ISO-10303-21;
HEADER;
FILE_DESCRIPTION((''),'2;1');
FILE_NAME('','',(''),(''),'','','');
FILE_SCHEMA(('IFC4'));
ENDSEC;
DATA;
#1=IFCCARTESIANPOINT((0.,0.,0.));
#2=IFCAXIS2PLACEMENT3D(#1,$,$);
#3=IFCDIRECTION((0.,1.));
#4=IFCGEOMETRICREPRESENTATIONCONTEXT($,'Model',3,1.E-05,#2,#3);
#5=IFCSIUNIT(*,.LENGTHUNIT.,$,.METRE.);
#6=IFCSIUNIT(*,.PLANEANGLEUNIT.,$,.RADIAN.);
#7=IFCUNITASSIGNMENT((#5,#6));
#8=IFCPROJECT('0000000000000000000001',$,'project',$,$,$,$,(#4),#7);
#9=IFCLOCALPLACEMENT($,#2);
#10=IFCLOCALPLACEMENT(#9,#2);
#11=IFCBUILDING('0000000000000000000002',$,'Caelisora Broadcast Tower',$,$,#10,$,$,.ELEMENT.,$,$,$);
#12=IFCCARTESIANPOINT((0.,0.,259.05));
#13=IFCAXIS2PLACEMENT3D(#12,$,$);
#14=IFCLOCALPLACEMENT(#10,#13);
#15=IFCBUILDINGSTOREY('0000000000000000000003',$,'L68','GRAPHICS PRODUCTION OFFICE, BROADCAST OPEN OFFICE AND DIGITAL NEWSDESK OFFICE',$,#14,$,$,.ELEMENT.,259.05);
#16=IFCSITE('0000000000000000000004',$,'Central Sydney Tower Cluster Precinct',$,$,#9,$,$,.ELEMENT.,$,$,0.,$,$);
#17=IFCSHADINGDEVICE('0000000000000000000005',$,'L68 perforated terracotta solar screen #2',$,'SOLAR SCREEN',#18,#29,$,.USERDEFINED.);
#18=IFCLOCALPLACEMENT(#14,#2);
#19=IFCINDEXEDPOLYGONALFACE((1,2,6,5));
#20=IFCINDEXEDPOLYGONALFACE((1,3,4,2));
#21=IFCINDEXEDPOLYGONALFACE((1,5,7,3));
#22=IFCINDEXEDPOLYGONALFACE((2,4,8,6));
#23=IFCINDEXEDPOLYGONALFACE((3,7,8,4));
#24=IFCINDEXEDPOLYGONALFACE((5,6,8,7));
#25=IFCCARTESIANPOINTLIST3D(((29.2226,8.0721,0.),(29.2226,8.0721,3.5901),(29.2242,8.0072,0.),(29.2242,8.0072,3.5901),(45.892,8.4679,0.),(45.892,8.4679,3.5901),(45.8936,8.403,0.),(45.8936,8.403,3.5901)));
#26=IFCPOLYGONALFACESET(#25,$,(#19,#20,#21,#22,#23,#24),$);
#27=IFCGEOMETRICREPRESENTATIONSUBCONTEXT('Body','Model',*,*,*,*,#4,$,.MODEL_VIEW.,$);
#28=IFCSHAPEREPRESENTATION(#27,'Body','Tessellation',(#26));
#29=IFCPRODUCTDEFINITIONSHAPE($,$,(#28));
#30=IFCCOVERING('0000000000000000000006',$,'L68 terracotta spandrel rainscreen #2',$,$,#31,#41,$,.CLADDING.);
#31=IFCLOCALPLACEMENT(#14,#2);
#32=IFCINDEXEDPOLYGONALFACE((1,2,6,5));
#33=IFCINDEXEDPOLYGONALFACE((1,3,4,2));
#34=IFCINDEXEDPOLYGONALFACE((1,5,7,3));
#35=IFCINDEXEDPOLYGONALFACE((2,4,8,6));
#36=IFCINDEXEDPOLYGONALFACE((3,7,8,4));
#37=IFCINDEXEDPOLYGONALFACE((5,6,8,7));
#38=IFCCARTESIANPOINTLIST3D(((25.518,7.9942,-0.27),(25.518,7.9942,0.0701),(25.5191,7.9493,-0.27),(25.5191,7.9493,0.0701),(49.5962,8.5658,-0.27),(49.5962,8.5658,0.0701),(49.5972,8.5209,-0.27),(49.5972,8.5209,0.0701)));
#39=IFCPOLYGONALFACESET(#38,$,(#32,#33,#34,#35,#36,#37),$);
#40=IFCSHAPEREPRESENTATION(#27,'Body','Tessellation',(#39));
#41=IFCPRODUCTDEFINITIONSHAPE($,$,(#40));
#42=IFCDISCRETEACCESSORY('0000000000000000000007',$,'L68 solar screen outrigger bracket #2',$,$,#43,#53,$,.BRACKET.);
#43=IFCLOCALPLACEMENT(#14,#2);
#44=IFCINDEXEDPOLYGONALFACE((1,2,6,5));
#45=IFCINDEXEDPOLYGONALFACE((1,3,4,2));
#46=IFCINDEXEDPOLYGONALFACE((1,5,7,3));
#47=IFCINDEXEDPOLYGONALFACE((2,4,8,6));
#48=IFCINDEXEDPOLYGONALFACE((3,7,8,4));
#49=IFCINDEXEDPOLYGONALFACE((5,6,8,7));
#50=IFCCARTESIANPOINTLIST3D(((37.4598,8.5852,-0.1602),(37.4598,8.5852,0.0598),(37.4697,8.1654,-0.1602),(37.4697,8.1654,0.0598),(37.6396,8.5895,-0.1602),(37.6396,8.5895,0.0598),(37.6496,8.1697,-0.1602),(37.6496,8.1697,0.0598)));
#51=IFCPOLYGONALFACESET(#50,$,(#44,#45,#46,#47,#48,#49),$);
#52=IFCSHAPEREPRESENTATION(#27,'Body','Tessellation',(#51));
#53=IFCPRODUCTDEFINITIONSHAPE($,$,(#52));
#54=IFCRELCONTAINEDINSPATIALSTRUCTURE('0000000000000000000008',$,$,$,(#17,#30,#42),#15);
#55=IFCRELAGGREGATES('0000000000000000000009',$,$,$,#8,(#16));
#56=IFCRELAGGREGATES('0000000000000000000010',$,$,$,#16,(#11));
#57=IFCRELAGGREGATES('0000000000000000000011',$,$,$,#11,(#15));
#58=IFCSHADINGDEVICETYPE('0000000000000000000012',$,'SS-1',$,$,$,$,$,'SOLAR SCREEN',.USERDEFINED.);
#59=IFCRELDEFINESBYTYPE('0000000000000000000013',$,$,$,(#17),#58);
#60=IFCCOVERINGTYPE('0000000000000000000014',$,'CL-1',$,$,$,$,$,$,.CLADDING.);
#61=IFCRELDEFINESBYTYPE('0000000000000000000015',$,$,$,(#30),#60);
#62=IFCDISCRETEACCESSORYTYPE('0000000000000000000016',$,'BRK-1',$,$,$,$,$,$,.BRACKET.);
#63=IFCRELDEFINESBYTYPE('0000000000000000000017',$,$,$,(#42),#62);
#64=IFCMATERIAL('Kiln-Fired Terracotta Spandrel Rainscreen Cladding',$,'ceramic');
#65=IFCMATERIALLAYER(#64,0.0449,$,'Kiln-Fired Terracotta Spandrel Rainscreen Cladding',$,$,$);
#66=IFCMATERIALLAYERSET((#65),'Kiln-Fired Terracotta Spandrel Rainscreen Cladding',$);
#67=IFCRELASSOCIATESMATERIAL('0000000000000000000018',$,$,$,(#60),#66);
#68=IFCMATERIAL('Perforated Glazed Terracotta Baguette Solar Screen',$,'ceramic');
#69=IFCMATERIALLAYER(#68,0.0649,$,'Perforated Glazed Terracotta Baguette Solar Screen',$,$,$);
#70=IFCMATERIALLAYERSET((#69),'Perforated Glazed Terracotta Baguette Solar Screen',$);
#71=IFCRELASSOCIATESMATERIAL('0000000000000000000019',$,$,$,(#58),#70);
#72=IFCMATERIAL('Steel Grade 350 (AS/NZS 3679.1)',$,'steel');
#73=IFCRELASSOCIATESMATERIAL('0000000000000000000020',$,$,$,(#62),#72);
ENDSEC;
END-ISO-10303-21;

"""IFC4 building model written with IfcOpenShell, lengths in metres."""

from ifc_helpers import new_model, si_unit, direction, frame, origin, origin_2d, place, context, subcontext, project, spatial, rectangle, extrude, source, transform, mapped, material, layer, layer_set, type_object, type_shapes, element, save


model = new_model("IFC4")

# Units and contexts
model_context = context("Model", 3, precision=1e-05, world=origin(), true_north=direction((0.0, 1.0)))
body_context = subcontext(model_context, "Body", "Model", "MODEL_VIEW")
ifc_project = project(units=[si_unit("LENGTHUNIT", "METRE"), si_unit("PLANEANGLEUNIT", "RADIAN")], contexts=[model_context])

# Site, building, storey
site_placement = place(None, origin())
site = spatial("IfcSite", under=ifc_project, at=site_placement, Name="Central Sydney Tower Cluster Precinct", CompositionType="ELEMENT", RefElevation=0.0)
building_placement = place(site_placement, origin())
building = spatial("IfcBuilding", under=site, at=building_placement, Name="Caelisora Broadcast Tower", CompositionType="ELEMENT")
storey_placement = place(building_placement, frame((0.0, 0.0, 259.05)))
storey = spatial("IfcBuildingStorey", under=building, at=storey_placement, Name="L68", Description="GRAPHICS PRODUCTION OFFICE, BROADCAST OPEN OFFICE AND DIGITAL NEWSDESK OFFICE", CompositionType="ELEMENT", Elevation=259.05)

# Shared definitions
ifc_material_1 = material(Name="Steel Grade 350 (AS/NZS 3679.1)", Category="steel")

# Shared definitions
ifc_material_2 = material(Name="Kiln-Fired Terracotta Spandrel Rainscreen Cladding", Category="ceramic")
ifc_layer_1 = layer(ifc_material_2, 0.0449, Name="Kiln-Fired Terracotta Spandrel Rainscreen Cladding")
ifc_layer_set_1 = layer_set([ifc_layer_1], Name="Kiln-Fired Terracotta Spandrel Rainscreen Cladding")
covering_type = type_object("IfcCoveringType", Name="CL-1", PredefinedType="CLADDING", material=ifc_layer_set_1)

# Shading device
ifc_material_3 = material(Name="Perforated Glazed Terracotta Baguette Solar Screen", Category="ceramic")
ifc_layer_2 = layer(ifc_material_3, 0.0649, Name="Perforated Glazed Terracotta Baguette Solar Screen")
ifc_layer_set_2 = layer_set([ifc_layer_2], Name="Perforated Glazed Terracotta Baguette Solar Screen")
shading_device_type = type_object("IfcShadingDeviceType", Name="SS-1", ElementType="SOLAR SCREEN", PredefinedType="USERDEFINED", material=ifc_layer_set_2)
shared_shape_1 = source(origin(), body_context, "Body", "SweptSolid", [
    extrude(rectangle(XDim=16.6741, YDim=0.0649, at=origin_2d()), origin(), (0.0, 0.0, 1.0), 3.5901),
])
type_shapes(shading_device_type, [shared_shape_1])
shading_device_placement = place(storey_placement, frame((37.5581, 8.2375, 0.0), z_axis=(0.0, 0.0, 1.0), x_axis=(0.999718, 0.023734, 0.0)))
element("IfcShadingDevice", 1, at=shading_device_placement, inside=storey, type_object=shading_device_type, Name="L68 perforated terracotta solar screen #2", ObjectType="SOLAR SCREEN", PredefinedType="USERDEFINED", context=body_context, shape_type="MappedRepresentation", body=[
    mapped(shared_shape_1, transform((0.0, 0.0, 0.0), scale=1.0)),
])

# Covering
shared_shape_2 = source(origin(), body_context, "Body", "SweptSolid", [
    extrude(rectangle(XDim=24.085, YDim=0.0449, at=origin_2d()), origin(), (0.0, 0.0, 1.0), 0.3401),
])
covering_1_placement = place(storey_placement, frame((37.5576, 8.2576, -0.27), z_axis=(0.0, 0.0, 1.0), x_axis=(0.999718, 0.023734, 0.0)))
element("IfcCovering", 2, at=covering_1_placement, inside=storey, type_object=covering_type, Name="L68 terracotta spandrel rainscreen #2", PredefinedType="CLADDING", context=body_context, shape_type="MappedRepresentation", body=[
    mapped(shared_shape_2, transform((0.0, 0.0, 0.0), scale=1.0)),
])

# Discrete accessory
discrete_accessory_type = type_object("IfcDiscreteAccessoryType", Name="BRK-1", PredefinedType="BRACKET", material=ifc_material_1)
shared_shape_3 = source(origin(), body_context, "Body", "SweptSolid", [
    extrude(rectangle(XDim=0.1799, YDim=0.4199, at=origin_2d()), origin(), (0.0, 0.0, 1.0), 0.22),
])
type_shapes(discrete_accessory_type, [shared_shape_3])
discrete_accessory_placement = place(storey_placement, frame((37.5547, 8.3774, -0.1602), z_axis=(0.0, 0.0, 1.0), x_axis=(0.999718, 0.023734, 0.0)))
element("IfcDiscreteAccessory", 3, at=discrete_accessory_placement, inside=storey, type_object=discrete_accessory_type, Name="L68 solar screen outrigger bracket #2", PredefinedType="BRACKET", context=body_context, shape_type="MappedRepresentation", body=[
    mapped(shared_shape_3, transform((0.0, 0.0, 0.0), scale=1.0)),
])

save(model, "model.ifc")
